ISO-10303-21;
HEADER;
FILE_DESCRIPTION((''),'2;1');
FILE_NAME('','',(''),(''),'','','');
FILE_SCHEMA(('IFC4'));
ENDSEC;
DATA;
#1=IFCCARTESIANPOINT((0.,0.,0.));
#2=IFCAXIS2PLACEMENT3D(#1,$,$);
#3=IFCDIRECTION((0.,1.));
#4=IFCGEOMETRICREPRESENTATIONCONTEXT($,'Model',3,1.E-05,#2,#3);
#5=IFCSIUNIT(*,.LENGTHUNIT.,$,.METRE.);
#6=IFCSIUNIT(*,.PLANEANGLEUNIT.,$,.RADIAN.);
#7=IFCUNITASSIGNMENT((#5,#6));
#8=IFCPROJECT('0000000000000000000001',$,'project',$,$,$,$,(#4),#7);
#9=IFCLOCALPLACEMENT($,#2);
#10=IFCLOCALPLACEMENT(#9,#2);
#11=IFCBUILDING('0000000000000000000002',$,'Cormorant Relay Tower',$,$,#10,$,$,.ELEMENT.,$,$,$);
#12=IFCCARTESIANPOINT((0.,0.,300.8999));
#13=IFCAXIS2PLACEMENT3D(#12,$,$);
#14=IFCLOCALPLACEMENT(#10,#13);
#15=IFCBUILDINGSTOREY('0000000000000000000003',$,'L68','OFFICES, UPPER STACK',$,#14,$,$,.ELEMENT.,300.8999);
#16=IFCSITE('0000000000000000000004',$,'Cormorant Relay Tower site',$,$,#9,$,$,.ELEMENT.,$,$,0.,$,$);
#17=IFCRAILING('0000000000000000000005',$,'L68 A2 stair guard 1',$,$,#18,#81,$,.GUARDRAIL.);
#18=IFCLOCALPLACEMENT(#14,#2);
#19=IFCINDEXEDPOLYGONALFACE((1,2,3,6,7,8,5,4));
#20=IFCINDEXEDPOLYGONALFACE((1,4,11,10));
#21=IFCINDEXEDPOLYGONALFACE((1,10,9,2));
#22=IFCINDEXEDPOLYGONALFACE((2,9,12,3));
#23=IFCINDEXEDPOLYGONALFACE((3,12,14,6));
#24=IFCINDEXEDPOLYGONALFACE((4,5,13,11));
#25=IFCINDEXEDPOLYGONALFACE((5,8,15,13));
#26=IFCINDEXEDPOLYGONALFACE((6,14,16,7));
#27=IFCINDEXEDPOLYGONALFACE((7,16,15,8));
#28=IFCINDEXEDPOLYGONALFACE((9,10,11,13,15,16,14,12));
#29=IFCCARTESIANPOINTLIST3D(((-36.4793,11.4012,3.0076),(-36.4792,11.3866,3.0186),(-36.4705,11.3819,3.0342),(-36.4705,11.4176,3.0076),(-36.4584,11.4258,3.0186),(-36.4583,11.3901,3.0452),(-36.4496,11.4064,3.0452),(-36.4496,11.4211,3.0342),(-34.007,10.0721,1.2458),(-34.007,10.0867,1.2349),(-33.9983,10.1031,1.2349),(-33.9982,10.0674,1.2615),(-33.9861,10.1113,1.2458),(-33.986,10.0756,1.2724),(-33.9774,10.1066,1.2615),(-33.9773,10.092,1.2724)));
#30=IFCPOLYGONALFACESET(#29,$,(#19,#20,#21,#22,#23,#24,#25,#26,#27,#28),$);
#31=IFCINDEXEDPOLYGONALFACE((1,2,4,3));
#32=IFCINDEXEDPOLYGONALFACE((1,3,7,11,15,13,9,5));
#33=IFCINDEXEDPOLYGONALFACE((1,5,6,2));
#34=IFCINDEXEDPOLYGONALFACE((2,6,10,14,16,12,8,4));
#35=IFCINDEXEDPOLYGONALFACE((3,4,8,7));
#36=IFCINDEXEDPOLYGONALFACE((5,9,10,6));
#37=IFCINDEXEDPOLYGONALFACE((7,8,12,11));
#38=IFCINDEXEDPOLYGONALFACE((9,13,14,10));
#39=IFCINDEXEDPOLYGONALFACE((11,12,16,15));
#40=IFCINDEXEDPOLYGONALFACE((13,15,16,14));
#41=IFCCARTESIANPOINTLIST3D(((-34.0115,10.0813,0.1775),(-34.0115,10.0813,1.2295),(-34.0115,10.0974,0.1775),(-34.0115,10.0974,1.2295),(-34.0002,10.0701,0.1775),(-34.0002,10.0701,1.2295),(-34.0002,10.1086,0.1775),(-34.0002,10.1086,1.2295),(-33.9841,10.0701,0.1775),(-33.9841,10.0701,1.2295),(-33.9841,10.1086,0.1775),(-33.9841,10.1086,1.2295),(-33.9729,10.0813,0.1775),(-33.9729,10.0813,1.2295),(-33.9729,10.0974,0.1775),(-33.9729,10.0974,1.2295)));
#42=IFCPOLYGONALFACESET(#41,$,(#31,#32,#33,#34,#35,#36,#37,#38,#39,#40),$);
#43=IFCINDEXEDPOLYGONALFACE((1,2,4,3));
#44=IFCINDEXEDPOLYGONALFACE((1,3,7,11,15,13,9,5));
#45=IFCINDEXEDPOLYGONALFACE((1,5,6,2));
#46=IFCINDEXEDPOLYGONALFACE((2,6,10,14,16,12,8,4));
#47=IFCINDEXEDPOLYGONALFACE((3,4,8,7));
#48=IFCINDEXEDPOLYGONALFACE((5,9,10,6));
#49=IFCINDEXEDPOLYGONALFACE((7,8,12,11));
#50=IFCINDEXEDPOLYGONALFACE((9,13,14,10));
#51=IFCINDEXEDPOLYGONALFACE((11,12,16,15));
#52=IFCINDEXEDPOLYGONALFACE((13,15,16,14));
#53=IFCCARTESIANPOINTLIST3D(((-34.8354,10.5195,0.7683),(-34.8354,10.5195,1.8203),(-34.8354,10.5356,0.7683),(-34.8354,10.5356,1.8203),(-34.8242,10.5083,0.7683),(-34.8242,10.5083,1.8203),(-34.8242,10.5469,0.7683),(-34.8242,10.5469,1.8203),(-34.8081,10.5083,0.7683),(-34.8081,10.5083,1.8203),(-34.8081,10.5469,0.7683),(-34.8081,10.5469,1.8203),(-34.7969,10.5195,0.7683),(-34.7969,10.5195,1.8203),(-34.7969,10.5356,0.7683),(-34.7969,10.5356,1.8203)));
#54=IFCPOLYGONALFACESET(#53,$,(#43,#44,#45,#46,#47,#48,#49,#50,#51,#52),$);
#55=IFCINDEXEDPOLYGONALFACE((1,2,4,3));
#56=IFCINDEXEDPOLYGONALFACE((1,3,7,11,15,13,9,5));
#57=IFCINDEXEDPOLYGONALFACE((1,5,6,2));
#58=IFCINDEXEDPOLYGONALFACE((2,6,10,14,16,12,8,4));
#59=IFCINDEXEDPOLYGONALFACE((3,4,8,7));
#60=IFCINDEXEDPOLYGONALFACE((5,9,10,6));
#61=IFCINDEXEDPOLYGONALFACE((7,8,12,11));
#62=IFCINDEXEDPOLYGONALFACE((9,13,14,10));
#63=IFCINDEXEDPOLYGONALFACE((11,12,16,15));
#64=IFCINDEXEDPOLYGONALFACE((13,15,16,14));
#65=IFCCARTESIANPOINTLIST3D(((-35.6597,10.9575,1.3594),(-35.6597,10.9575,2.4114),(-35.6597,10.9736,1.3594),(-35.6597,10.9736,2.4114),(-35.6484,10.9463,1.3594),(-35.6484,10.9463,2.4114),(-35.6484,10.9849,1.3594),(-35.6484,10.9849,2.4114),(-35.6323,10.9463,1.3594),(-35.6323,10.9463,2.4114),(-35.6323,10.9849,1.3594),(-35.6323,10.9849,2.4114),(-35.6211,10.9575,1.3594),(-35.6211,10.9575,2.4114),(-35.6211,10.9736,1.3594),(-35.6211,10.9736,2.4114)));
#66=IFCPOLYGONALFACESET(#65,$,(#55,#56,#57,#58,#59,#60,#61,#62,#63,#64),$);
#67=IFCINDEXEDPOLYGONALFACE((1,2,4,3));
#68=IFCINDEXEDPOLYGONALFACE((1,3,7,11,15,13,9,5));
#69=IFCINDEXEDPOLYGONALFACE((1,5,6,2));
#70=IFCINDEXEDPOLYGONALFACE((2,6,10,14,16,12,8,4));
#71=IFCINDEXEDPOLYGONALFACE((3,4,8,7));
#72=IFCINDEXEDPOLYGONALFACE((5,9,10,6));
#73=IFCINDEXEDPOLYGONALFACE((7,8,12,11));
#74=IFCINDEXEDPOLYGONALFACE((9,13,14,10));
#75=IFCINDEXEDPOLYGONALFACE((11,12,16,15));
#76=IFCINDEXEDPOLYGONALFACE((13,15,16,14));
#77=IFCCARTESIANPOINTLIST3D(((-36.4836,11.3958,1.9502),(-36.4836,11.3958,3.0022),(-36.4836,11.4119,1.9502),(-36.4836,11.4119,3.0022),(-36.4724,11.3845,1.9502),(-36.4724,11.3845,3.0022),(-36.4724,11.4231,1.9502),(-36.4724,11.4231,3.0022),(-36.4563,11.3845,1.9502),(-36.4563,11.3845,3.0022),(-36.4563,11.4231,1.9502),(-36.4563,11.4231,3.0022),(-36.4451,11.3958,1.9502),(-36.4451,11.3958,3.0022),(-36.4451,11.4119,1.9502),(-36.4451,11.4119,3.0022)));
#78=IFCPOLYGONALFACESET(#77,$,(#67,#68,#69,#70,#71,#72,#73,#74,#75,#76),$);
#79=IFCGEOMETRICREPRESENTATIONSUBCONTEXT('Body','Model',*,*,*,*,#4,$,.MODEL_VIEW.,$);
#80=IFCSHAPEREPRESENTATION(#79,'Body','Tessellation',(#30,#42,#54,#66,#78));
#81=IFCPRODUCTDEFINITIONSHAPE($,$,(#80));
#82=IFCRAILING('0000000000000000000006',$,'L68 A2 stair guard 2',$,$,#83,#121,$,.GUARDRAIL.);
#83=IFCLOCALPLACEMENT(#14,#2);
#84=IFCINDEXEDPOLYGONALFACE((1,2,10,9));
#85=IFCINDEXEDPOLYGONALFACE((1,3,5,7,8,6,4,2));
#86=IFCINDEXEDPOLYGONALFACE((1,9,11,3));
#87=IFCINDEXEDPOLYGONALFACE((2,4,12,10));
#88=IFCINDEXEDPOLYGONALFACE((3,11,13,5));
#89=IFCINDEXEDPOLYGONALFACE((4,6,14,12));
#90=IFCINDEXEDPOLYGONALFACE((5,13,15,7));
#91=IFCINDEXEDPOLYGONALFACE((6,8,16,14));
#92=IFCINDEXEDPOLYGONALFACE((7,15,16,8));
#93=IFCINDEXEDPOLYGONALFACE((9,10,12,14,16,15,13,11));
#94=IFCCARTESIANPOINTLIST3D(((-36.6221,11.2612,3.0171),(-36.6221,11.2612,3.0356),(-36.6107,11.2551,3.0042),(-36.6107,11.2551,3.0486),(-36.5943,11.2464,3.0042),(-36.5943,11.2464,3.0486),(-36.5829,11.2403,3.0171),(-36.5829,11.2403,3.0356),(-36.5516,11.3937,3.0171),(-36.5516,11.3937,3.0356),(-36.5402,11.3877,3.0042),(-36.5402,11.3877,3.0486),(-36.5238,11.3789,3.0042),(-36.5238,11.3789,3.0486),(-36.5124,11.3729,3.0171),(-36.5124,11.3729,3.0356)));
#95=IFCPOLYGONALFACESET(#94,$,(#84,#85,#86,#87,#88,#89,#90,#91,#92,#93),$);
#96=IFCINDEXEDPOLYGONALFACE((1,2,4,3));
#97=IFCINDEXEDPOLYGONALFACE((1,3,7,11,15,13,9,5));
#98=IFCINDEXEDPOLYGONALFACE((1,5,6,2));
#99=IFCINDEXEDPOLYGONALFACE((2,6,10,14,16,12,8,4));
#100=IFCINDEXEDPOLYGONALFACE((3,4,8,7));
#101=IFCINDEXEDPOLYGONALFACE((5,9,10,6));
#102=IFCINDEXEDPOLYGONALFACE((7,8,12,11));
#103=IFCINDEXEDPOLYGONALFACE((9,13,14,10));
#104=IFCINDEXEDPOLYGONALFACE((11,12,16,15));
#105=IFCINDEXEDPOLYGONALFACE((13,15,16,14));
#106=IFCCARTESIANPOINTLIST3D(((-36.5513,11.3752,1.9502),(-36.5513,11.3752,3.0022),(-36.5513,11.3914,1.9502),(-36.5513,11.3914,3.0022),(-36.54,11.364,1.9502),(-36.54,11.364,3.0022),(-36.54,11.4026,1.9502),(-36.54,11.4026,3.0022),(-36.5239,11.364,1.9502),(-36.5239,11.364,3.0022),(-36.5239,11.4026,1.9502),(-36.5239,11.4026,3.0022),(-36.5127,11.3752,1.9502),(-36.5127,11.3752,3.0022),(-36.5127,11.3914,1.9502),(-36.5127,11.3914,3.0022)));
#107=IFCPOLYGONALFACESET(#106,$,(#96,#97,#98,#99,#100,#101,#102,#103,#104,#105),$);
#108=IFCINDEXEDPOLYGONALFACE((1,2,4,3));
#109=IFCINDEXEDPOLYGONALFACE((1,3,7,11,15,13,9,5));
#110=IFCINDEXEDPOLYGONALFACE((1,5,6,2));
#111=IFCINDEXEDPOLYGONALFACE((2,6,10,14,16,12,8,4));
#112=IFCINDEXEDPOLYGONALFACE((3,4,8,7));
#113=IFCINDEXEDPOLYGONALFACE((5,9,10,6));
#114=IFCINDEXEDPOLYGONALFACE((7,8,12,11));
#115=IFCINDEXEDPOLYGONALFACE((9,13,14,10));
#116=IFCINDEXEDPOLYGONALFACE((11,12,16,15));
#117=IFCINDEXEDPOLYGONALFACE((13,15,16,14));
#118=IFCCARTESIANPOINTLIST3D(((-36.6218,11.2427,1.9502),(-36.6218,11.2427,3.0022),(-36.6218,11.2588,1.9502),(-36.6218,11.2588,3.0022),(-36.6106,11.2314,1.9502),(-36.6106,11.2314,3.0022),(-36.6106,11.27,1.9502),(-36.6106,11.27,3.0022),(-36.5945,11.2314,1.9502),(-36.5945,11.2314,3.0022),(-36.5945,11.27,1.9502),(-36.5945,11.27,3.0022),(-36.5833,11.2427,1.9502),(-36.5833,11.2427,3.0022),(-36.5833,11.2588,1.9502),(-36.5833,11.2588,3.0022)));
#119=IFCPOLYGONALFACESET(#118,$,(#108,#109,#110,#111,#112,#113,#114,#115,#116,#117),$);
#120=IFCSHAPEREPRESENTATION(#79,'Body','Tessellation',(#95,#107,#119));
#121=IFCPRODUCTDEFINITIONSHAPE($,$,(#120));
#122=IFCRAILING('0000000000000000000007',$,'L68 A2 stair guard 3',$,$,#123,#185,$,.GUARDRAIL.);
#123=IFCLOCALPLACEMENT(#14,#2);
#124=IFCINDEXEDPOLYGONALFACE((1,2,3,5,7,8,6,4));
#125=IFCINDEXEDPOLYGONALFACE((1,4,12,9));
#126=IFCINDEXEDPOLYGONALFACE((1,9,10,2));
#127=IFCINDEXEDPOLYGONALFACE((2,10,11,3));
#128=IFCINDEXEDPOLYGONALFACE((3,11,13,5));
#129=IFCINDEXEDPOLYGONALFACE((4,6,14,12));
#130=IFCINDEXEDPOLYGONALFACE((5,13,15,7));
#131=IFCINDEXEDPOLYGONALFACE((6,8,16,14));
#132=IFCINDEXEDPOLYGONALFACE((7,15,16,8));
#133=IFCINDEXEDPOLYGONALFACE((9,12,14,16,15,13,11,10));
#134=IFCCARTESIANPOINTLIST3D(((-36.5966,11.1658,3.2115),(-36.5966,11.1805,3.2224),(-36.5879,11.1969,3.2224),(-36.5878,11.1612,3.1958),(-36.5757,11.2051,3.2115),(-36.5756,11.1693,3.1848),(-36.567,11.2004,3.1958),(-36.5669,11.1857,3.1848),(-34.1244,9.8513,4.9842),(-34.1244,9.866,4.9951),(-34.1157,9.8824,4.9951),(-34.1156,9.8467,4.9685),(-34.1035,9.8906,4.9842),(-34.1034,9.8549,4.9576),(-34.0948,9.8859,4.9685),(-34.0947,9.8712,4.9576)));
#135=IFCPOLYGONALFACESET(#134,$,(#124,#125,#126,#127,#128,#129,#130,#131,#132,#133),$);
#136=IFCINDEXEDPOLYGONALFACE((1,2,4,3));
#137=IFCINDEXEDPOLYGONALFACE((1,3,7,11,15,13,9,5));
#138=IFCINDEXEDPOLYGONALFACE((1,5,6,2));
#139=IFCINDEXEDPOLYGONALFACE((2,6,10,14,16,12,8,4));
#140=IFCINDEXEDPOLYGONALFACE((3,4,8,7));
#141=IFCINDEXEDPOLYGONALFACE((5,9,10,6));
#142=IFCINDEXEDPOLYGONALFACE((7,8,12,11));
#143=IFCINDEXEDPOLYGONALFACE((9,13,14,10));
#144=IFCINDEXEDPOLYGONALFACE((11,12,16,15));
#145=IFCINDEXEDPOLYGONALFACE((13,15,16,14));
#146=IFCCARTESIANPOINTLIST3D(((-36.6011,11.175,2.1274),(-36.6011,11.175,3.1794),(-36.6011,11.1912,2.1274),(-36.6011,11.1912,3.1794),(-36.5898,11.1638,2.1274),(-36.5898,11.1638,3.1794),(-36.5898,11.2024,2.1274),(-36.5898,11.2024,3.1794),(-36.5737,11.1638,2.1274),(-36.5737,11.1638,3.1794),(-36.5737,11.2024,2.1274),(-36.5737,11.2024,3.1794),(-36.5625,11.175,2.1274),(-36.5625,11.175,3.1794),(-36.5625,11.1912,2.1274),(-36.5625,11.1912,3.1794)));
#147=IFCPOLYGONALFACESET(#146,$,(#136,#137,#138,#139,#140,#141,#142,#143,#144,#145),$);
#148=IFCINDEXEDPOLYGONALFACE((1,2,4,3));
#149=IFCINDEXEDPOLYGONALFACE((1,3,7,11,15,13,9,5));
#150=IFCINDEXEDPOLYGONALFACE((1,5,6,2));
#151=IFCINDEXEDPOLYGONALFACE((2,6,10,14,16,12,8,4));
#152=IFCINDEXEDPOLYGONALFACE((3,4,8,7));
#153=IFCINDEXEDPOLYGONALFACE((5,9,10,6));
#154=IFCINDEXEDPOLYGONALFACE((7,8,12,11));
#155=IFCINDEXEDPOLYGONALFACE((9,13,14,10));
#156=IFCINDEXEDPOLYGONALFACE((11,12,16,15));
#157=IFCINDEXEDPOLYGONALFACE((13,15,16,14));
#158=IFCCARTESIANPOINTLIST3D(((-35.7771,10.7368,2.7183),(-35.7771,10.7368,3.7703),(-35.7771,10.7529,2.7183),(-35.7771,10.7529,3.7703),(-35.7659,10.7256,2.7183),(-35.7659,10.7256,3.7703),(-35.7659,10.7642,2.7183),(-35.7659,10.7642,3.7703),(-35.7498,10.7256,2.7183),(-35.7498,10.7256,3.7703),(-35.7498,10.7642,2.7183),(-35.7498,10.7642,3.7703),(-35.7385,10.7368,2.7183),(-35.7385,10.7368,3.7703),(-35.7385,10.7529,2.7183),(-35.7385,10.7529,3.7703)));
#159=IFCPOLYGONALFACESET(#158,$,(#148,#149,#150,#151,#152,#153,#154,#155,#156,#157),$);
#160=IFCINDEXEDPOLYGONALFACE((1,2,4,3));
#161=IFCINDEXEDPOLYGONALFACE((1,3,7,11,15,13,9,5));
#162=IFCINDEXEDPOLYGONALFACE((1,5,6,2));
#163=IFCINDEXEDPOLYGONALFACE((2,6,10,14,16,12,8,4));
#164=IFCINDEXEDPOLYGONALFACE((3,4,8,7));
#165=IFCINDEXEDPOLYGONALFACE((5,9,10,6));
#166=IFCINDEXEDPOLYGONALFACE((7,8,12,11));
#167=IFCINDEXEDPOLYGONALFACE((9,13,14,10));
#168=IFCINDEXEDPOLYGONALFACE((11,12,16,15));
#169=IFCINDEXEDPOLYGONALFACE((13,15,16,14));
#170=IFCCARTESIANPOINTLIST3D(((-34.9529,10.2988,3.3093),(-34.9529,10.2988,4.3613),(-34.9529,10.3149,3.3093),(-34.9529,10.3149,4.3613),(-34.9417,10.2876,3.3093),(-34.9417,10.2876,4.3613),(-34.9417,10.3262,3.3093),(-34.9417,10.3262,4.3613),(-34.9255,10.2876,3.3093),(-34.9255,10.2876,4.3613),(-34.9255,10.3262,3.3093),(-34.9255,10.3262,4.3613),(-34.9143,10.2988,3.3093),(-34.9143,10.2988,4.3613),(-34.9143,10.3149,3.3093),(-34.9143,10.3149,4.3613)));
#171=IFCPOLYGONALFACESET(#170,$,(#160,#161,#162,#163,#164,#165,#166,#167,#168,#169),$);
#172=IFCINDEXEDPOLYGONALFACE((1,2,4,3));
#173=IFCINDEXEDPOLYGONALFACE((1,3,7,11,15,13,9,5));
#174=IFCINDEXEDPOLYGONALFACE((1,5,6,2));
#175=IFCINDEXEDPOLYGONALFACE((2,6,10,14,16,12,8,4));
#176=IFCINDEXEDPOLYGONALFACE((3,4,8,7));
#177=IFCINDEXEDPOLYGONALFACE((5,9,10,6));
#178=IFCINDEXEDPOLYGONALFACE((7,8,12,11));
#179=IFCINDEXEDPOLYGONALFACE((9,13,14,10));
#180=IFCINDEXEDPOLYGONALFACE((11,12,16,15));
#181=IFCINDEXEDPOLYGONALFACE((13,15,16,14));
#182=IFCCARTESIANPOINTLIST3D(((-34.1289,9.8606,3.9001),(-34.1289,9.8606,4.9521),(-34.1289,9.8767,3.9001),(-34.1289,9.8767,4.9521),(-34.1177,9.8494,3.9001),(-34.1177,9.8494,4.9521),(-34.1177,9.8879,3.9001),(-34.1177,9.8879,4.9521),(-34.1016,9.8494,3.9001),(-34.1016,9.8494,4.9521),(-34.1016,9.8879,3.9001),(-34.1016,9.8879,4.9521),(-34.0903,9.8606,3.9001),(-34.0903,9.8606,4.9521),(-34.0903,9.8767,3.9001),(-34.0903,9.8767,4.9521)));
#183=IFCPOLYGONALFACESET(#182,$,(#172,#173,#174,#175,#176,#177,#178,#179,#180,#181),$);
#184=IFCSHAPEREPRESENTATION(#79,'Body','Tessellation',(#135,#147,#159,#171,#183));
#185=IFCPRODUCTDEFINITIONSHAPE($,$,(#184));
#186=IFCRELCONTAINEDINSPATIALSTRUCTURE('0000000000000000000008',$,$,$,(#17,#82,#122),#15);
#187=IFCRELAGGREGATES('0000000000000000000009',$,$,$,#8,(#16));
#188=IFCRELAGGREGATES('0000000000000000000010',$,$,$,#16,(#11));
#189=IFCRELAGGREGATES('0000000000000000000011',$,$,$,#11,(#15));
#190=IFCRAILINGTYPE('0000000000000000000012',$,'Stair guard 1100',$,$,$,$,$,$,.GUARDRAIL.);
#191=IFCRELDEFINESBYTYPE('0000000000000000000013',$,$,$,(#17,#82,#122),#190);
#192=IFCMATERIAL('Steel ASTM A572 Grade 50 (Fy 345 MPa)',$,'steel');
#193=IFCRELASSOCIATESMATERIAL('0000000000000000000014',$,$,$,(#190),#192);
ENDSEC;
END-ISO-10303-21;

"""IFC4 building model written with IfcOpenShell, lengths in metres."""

from ifc_helpers import new_model, si_unit, direction, frame, origin, place, context, subcontext, project, spatial, polyline, outline, extrude, material, type_object, element, save


model = new_model("IFC4")

# Units and contexts
model_context = context("Model", 3, precision=1e-05, world=origin(), true_north=direction((0.0, 1.0)))
body_context = subcontext(model_context, "Body", "Model", "MODEL_VIEW")
ifc_project = project(units=[si_unit("LENGTHUNIT", "METRE"), si_unit("PLANEANGLEUNIT", "RADIAN")], contexts=[model_context])

# Site, building, storey
site_placement = place(None, origin())
site = spatial("IfcSite", under=ifc_project, at=site_placement, Name="Cormorant Relay Tower site", CompositionType="ELEMENT", RefElevation=0.0)
building_placement = place(site_placement, origin())
building = spatial("IfcBuilding", under=site, at=building_placement, Name="Cormorant Relay Tower", CompositionType="ELEMENT")
storey_placement = place(building_placement, frame((0.0, 0.0, 300.8999)))
storey = spatial("IfcBuildingStorey", under=building, at=storey_placement, Name="L68", Description="OFFICES, UPPER STACK", CompositionType="ELEMENT", Elevation=300.8999)

# Railings
ifc_material_1 = material(Name="Steel ASTM A572 Grade 50 (Fy 345 MPa)", Category="steel")
railing_type_1 = type_object("IfcRailingType", Name="Stair guard 1100", PredefinedType="GUARDRAIL", material=ifc_material_1)
railing_1_placement = place(storey_placement, frame((-33.9922, 10.0894, 0.1775)))
element("IfcRailing", 1, at=railing_1_placement, inside=storey, type_object=railing_type_1, Name="L68 A2 stair guard 1", PredefinedType="GUARDRAIL", context=body_context, shape_type="SweptSolid", body=[
    extrude(outline(polyline([(0.0222, 0.0093), (0.0093, 0.0222), (-0.0093, 0.0222), (-0.0222, 0.0093), (-0.0222, -0.0093), (-0.0093, -0.0222), (0.0093, -0.0222), (0.0222, -0.0093), (0.0222, 0.0093)])), frame((0.0, 0.0, 1.0762), z_axis=(-0.746001, 0.396649, 0.534931), x_axis=(-0.469465, -0.882951, 0.0)), (0.0, 0.0, 1.0), 3.314),
    extrude(outline(polyline([(0.0193, 0.0081), (0.0081, 0.0193), (-0.0081, 0.0193), (-0.0193, 0.0081), (-0.0193, -0.0081), (-0.0081, -0.0193), (0.0081, -0.0193), (0.0193, -0.0081), (0.0193, 0.0081)])), origin(), (0.0, 0.0, 1.0), 1.052),
    extrude(outline(polyline([(0.0193, 0.0081), (0.0081, 0.0193), (-0.0081, 0.0193), (-0.0193, 0.0081), (-0.0193, -0.0081), (-0.0081, -0.0193), (0.0081, -0.0193), (0.0193, -0.0081), (0.0193, 0.0081)])), frame((-0.824, 0.4382, 0.5908)), (0.0, 0.0, 1.0), 1.052),
    extrude(outline(polyline([(0.0193, 0.0081), (0.0081, 0.0193), (-0.0081, 0.0193), (-0.0193, 0.0081), (-0.0193, -0.0081), (-0.0081, -0.0193), (0.0081, -0.0193), (0.0193, -0.0081), (0.0193, 0.0081)])), frame((-1.6482, 0.8762, 1.1819)), (0.0, 0.0, 1.0), 1.052),
    extrude(outline(polyline([(0.0193, 0.0081), (0.0081, 0.0193), (-0.0081, 0.0193), (-0.0193, 0.0081), (-0.0193, -0.0081), (-0.0081, -0.0193), (0.0081, -0.0193), (0.0193, -0.0081), (0.0193, 0.0081)])), frame((-2.4722, 1.3145, 1.7727)), (0.0, 0.0, 1.0), 1.052),
])
railing_2_placement = place(storey_placement, frame((-36.532, 11.3833, 1.9502)))
element("IfcRailing", 2, at=railing_2_placement, inside=storey, type_object=railing_type_1, Name="L68 A2 stair guard 2", PredefinedType="GUARDRAIL", context=body_context, shape_type="SweptSolid", body=[
    extrude(outline(polyline([(0.0222, 0.0093), (0.0093, 0.0222), (-0.0093, 0.0222), (-0.0222, 0.0093), (-0.0222, -0.0093), (-0.0093, -0.0222), (0.0093, -0.0222), (0.0222, -0.0093), (0.0222, 0.0093)])), frame((0.0, 0.0, 1.0762), z_axis=(-0.469829, -0.882758, 0.0), x_axis=(0.882758, -0.469829, 0.0)), (0.0, 0.0, 1.0), 0.1501),
    extrude(outline(polyline([(0.0193, 0.0081), (0.0081, 0.0193), (-0.0081, 0.0193), (-0.0193, 0.0081), (-0.0193, -0.0081), (-0.0081, -0.0193), (0.0081, -0.0193), (0.0193, -0.0081), (0.0193, 0.0081)])), origin(), (0.0, 0.0, 1.0), 1.052),
    extrude(outline(polyline([(0.0193, 0.0081), (0.0081, 0.0193), (-0.0081, 0.0193), (-0.0193, 0.0081), (-0.0193, -0.0081), (-0.0081, -0.0193), (0.0081, -0.0193), (0.0193, -0.0081), (0.0193, 0.0081)])), frame((-0.0706, -0.1326, 0.0)), (0.0, 0.0, 1.0), 1.052),
])
railing_3_placement = place(storey_placement, frame((-36.5818, 11.1831, 2.1274)))
element("IfcRailing", 3, at=railing_3_placement, inside=storey, type_object=railing_type_1, Name="L68 A2 stair guard 3", PredefinedType="GUARDRAIL", context=body_context, shape_type="SweptSolid", body=[
    extrude(outline(polyline([(0.0222, 0.0093), (0.0093, 0.0222), (-0.0093, 0.0222), (-0.0222, 0.0093), (-0.0222, -0.0093), (-0.0093, -0.0222), (0.0093, -0.0222), (0.0222, -0.0093), (0.0222, 0.0093)])), frame((0.0, 0.0, 1.0762), z_axis=(0.746001, -0.396649, 0.534931), x_axis=(0.469465, 0.882951, 0.0)), (0.0, 0.0, 1.0), 3.314),
    extrude(outline(polyline([(0.0193, 0.0081), (0.0081, 0.0193), (-0.0081, 0.0193), (-0.0193, 0.0081), (-0.0193, -0.0081), (-0.0081, -0.0193), (0.0081, -0.0193), (0.0193, -0.0081), (0.0193, 0.0081)])), origin(), (0.0, 0.0, 1.0), 1.052),
    extrude(outline(polyline([(0.0193, 0.0081), (0.0081, 0.0193), (-0.0081, 0.0193), (-0.0193, 0.0081), (-0.0193, -0.0081), (-0.0081, -0.0193), (0.0081, -0.0193), (0.0193, -0.0081), (0.0193, 0.0081)])), frame((0.824, -0.4382, 0.5908)), (0.0, 0.0, 1.0), 1.052),
    extrude(outline(polyline([(0.0193, 0.0081), (0.0081, 0.0193), (-0.0081, 0.0193), (-0.0193, 0.0081), (-0.0193, -0.0081), (-0.0081, -0.0193), (0.0081, -0.0193), (0.0193, -0.0081), (0.0193, 0.0081)])), frame((1.6482, -0.8762, 1.1819)), (0.0, 0.0, 1.0), 1.052),
    extrude(outline(polyline([(0.0193, 0.0081), (0.0081, 0.0193), (-0.0081, 0.0193), (-0.0193, 0.0081), (-0.0193, -0.0081), (-0.0081, -0.0193), (0.0081, -0.0193), (0.0193, -0.0081), (0.0193, 0.0081)])), frame((2.4722, -1.3145, 1.7727)), (0.0, 0.0, 1.0), 1.052),
])

save(model, "model.ifc")
